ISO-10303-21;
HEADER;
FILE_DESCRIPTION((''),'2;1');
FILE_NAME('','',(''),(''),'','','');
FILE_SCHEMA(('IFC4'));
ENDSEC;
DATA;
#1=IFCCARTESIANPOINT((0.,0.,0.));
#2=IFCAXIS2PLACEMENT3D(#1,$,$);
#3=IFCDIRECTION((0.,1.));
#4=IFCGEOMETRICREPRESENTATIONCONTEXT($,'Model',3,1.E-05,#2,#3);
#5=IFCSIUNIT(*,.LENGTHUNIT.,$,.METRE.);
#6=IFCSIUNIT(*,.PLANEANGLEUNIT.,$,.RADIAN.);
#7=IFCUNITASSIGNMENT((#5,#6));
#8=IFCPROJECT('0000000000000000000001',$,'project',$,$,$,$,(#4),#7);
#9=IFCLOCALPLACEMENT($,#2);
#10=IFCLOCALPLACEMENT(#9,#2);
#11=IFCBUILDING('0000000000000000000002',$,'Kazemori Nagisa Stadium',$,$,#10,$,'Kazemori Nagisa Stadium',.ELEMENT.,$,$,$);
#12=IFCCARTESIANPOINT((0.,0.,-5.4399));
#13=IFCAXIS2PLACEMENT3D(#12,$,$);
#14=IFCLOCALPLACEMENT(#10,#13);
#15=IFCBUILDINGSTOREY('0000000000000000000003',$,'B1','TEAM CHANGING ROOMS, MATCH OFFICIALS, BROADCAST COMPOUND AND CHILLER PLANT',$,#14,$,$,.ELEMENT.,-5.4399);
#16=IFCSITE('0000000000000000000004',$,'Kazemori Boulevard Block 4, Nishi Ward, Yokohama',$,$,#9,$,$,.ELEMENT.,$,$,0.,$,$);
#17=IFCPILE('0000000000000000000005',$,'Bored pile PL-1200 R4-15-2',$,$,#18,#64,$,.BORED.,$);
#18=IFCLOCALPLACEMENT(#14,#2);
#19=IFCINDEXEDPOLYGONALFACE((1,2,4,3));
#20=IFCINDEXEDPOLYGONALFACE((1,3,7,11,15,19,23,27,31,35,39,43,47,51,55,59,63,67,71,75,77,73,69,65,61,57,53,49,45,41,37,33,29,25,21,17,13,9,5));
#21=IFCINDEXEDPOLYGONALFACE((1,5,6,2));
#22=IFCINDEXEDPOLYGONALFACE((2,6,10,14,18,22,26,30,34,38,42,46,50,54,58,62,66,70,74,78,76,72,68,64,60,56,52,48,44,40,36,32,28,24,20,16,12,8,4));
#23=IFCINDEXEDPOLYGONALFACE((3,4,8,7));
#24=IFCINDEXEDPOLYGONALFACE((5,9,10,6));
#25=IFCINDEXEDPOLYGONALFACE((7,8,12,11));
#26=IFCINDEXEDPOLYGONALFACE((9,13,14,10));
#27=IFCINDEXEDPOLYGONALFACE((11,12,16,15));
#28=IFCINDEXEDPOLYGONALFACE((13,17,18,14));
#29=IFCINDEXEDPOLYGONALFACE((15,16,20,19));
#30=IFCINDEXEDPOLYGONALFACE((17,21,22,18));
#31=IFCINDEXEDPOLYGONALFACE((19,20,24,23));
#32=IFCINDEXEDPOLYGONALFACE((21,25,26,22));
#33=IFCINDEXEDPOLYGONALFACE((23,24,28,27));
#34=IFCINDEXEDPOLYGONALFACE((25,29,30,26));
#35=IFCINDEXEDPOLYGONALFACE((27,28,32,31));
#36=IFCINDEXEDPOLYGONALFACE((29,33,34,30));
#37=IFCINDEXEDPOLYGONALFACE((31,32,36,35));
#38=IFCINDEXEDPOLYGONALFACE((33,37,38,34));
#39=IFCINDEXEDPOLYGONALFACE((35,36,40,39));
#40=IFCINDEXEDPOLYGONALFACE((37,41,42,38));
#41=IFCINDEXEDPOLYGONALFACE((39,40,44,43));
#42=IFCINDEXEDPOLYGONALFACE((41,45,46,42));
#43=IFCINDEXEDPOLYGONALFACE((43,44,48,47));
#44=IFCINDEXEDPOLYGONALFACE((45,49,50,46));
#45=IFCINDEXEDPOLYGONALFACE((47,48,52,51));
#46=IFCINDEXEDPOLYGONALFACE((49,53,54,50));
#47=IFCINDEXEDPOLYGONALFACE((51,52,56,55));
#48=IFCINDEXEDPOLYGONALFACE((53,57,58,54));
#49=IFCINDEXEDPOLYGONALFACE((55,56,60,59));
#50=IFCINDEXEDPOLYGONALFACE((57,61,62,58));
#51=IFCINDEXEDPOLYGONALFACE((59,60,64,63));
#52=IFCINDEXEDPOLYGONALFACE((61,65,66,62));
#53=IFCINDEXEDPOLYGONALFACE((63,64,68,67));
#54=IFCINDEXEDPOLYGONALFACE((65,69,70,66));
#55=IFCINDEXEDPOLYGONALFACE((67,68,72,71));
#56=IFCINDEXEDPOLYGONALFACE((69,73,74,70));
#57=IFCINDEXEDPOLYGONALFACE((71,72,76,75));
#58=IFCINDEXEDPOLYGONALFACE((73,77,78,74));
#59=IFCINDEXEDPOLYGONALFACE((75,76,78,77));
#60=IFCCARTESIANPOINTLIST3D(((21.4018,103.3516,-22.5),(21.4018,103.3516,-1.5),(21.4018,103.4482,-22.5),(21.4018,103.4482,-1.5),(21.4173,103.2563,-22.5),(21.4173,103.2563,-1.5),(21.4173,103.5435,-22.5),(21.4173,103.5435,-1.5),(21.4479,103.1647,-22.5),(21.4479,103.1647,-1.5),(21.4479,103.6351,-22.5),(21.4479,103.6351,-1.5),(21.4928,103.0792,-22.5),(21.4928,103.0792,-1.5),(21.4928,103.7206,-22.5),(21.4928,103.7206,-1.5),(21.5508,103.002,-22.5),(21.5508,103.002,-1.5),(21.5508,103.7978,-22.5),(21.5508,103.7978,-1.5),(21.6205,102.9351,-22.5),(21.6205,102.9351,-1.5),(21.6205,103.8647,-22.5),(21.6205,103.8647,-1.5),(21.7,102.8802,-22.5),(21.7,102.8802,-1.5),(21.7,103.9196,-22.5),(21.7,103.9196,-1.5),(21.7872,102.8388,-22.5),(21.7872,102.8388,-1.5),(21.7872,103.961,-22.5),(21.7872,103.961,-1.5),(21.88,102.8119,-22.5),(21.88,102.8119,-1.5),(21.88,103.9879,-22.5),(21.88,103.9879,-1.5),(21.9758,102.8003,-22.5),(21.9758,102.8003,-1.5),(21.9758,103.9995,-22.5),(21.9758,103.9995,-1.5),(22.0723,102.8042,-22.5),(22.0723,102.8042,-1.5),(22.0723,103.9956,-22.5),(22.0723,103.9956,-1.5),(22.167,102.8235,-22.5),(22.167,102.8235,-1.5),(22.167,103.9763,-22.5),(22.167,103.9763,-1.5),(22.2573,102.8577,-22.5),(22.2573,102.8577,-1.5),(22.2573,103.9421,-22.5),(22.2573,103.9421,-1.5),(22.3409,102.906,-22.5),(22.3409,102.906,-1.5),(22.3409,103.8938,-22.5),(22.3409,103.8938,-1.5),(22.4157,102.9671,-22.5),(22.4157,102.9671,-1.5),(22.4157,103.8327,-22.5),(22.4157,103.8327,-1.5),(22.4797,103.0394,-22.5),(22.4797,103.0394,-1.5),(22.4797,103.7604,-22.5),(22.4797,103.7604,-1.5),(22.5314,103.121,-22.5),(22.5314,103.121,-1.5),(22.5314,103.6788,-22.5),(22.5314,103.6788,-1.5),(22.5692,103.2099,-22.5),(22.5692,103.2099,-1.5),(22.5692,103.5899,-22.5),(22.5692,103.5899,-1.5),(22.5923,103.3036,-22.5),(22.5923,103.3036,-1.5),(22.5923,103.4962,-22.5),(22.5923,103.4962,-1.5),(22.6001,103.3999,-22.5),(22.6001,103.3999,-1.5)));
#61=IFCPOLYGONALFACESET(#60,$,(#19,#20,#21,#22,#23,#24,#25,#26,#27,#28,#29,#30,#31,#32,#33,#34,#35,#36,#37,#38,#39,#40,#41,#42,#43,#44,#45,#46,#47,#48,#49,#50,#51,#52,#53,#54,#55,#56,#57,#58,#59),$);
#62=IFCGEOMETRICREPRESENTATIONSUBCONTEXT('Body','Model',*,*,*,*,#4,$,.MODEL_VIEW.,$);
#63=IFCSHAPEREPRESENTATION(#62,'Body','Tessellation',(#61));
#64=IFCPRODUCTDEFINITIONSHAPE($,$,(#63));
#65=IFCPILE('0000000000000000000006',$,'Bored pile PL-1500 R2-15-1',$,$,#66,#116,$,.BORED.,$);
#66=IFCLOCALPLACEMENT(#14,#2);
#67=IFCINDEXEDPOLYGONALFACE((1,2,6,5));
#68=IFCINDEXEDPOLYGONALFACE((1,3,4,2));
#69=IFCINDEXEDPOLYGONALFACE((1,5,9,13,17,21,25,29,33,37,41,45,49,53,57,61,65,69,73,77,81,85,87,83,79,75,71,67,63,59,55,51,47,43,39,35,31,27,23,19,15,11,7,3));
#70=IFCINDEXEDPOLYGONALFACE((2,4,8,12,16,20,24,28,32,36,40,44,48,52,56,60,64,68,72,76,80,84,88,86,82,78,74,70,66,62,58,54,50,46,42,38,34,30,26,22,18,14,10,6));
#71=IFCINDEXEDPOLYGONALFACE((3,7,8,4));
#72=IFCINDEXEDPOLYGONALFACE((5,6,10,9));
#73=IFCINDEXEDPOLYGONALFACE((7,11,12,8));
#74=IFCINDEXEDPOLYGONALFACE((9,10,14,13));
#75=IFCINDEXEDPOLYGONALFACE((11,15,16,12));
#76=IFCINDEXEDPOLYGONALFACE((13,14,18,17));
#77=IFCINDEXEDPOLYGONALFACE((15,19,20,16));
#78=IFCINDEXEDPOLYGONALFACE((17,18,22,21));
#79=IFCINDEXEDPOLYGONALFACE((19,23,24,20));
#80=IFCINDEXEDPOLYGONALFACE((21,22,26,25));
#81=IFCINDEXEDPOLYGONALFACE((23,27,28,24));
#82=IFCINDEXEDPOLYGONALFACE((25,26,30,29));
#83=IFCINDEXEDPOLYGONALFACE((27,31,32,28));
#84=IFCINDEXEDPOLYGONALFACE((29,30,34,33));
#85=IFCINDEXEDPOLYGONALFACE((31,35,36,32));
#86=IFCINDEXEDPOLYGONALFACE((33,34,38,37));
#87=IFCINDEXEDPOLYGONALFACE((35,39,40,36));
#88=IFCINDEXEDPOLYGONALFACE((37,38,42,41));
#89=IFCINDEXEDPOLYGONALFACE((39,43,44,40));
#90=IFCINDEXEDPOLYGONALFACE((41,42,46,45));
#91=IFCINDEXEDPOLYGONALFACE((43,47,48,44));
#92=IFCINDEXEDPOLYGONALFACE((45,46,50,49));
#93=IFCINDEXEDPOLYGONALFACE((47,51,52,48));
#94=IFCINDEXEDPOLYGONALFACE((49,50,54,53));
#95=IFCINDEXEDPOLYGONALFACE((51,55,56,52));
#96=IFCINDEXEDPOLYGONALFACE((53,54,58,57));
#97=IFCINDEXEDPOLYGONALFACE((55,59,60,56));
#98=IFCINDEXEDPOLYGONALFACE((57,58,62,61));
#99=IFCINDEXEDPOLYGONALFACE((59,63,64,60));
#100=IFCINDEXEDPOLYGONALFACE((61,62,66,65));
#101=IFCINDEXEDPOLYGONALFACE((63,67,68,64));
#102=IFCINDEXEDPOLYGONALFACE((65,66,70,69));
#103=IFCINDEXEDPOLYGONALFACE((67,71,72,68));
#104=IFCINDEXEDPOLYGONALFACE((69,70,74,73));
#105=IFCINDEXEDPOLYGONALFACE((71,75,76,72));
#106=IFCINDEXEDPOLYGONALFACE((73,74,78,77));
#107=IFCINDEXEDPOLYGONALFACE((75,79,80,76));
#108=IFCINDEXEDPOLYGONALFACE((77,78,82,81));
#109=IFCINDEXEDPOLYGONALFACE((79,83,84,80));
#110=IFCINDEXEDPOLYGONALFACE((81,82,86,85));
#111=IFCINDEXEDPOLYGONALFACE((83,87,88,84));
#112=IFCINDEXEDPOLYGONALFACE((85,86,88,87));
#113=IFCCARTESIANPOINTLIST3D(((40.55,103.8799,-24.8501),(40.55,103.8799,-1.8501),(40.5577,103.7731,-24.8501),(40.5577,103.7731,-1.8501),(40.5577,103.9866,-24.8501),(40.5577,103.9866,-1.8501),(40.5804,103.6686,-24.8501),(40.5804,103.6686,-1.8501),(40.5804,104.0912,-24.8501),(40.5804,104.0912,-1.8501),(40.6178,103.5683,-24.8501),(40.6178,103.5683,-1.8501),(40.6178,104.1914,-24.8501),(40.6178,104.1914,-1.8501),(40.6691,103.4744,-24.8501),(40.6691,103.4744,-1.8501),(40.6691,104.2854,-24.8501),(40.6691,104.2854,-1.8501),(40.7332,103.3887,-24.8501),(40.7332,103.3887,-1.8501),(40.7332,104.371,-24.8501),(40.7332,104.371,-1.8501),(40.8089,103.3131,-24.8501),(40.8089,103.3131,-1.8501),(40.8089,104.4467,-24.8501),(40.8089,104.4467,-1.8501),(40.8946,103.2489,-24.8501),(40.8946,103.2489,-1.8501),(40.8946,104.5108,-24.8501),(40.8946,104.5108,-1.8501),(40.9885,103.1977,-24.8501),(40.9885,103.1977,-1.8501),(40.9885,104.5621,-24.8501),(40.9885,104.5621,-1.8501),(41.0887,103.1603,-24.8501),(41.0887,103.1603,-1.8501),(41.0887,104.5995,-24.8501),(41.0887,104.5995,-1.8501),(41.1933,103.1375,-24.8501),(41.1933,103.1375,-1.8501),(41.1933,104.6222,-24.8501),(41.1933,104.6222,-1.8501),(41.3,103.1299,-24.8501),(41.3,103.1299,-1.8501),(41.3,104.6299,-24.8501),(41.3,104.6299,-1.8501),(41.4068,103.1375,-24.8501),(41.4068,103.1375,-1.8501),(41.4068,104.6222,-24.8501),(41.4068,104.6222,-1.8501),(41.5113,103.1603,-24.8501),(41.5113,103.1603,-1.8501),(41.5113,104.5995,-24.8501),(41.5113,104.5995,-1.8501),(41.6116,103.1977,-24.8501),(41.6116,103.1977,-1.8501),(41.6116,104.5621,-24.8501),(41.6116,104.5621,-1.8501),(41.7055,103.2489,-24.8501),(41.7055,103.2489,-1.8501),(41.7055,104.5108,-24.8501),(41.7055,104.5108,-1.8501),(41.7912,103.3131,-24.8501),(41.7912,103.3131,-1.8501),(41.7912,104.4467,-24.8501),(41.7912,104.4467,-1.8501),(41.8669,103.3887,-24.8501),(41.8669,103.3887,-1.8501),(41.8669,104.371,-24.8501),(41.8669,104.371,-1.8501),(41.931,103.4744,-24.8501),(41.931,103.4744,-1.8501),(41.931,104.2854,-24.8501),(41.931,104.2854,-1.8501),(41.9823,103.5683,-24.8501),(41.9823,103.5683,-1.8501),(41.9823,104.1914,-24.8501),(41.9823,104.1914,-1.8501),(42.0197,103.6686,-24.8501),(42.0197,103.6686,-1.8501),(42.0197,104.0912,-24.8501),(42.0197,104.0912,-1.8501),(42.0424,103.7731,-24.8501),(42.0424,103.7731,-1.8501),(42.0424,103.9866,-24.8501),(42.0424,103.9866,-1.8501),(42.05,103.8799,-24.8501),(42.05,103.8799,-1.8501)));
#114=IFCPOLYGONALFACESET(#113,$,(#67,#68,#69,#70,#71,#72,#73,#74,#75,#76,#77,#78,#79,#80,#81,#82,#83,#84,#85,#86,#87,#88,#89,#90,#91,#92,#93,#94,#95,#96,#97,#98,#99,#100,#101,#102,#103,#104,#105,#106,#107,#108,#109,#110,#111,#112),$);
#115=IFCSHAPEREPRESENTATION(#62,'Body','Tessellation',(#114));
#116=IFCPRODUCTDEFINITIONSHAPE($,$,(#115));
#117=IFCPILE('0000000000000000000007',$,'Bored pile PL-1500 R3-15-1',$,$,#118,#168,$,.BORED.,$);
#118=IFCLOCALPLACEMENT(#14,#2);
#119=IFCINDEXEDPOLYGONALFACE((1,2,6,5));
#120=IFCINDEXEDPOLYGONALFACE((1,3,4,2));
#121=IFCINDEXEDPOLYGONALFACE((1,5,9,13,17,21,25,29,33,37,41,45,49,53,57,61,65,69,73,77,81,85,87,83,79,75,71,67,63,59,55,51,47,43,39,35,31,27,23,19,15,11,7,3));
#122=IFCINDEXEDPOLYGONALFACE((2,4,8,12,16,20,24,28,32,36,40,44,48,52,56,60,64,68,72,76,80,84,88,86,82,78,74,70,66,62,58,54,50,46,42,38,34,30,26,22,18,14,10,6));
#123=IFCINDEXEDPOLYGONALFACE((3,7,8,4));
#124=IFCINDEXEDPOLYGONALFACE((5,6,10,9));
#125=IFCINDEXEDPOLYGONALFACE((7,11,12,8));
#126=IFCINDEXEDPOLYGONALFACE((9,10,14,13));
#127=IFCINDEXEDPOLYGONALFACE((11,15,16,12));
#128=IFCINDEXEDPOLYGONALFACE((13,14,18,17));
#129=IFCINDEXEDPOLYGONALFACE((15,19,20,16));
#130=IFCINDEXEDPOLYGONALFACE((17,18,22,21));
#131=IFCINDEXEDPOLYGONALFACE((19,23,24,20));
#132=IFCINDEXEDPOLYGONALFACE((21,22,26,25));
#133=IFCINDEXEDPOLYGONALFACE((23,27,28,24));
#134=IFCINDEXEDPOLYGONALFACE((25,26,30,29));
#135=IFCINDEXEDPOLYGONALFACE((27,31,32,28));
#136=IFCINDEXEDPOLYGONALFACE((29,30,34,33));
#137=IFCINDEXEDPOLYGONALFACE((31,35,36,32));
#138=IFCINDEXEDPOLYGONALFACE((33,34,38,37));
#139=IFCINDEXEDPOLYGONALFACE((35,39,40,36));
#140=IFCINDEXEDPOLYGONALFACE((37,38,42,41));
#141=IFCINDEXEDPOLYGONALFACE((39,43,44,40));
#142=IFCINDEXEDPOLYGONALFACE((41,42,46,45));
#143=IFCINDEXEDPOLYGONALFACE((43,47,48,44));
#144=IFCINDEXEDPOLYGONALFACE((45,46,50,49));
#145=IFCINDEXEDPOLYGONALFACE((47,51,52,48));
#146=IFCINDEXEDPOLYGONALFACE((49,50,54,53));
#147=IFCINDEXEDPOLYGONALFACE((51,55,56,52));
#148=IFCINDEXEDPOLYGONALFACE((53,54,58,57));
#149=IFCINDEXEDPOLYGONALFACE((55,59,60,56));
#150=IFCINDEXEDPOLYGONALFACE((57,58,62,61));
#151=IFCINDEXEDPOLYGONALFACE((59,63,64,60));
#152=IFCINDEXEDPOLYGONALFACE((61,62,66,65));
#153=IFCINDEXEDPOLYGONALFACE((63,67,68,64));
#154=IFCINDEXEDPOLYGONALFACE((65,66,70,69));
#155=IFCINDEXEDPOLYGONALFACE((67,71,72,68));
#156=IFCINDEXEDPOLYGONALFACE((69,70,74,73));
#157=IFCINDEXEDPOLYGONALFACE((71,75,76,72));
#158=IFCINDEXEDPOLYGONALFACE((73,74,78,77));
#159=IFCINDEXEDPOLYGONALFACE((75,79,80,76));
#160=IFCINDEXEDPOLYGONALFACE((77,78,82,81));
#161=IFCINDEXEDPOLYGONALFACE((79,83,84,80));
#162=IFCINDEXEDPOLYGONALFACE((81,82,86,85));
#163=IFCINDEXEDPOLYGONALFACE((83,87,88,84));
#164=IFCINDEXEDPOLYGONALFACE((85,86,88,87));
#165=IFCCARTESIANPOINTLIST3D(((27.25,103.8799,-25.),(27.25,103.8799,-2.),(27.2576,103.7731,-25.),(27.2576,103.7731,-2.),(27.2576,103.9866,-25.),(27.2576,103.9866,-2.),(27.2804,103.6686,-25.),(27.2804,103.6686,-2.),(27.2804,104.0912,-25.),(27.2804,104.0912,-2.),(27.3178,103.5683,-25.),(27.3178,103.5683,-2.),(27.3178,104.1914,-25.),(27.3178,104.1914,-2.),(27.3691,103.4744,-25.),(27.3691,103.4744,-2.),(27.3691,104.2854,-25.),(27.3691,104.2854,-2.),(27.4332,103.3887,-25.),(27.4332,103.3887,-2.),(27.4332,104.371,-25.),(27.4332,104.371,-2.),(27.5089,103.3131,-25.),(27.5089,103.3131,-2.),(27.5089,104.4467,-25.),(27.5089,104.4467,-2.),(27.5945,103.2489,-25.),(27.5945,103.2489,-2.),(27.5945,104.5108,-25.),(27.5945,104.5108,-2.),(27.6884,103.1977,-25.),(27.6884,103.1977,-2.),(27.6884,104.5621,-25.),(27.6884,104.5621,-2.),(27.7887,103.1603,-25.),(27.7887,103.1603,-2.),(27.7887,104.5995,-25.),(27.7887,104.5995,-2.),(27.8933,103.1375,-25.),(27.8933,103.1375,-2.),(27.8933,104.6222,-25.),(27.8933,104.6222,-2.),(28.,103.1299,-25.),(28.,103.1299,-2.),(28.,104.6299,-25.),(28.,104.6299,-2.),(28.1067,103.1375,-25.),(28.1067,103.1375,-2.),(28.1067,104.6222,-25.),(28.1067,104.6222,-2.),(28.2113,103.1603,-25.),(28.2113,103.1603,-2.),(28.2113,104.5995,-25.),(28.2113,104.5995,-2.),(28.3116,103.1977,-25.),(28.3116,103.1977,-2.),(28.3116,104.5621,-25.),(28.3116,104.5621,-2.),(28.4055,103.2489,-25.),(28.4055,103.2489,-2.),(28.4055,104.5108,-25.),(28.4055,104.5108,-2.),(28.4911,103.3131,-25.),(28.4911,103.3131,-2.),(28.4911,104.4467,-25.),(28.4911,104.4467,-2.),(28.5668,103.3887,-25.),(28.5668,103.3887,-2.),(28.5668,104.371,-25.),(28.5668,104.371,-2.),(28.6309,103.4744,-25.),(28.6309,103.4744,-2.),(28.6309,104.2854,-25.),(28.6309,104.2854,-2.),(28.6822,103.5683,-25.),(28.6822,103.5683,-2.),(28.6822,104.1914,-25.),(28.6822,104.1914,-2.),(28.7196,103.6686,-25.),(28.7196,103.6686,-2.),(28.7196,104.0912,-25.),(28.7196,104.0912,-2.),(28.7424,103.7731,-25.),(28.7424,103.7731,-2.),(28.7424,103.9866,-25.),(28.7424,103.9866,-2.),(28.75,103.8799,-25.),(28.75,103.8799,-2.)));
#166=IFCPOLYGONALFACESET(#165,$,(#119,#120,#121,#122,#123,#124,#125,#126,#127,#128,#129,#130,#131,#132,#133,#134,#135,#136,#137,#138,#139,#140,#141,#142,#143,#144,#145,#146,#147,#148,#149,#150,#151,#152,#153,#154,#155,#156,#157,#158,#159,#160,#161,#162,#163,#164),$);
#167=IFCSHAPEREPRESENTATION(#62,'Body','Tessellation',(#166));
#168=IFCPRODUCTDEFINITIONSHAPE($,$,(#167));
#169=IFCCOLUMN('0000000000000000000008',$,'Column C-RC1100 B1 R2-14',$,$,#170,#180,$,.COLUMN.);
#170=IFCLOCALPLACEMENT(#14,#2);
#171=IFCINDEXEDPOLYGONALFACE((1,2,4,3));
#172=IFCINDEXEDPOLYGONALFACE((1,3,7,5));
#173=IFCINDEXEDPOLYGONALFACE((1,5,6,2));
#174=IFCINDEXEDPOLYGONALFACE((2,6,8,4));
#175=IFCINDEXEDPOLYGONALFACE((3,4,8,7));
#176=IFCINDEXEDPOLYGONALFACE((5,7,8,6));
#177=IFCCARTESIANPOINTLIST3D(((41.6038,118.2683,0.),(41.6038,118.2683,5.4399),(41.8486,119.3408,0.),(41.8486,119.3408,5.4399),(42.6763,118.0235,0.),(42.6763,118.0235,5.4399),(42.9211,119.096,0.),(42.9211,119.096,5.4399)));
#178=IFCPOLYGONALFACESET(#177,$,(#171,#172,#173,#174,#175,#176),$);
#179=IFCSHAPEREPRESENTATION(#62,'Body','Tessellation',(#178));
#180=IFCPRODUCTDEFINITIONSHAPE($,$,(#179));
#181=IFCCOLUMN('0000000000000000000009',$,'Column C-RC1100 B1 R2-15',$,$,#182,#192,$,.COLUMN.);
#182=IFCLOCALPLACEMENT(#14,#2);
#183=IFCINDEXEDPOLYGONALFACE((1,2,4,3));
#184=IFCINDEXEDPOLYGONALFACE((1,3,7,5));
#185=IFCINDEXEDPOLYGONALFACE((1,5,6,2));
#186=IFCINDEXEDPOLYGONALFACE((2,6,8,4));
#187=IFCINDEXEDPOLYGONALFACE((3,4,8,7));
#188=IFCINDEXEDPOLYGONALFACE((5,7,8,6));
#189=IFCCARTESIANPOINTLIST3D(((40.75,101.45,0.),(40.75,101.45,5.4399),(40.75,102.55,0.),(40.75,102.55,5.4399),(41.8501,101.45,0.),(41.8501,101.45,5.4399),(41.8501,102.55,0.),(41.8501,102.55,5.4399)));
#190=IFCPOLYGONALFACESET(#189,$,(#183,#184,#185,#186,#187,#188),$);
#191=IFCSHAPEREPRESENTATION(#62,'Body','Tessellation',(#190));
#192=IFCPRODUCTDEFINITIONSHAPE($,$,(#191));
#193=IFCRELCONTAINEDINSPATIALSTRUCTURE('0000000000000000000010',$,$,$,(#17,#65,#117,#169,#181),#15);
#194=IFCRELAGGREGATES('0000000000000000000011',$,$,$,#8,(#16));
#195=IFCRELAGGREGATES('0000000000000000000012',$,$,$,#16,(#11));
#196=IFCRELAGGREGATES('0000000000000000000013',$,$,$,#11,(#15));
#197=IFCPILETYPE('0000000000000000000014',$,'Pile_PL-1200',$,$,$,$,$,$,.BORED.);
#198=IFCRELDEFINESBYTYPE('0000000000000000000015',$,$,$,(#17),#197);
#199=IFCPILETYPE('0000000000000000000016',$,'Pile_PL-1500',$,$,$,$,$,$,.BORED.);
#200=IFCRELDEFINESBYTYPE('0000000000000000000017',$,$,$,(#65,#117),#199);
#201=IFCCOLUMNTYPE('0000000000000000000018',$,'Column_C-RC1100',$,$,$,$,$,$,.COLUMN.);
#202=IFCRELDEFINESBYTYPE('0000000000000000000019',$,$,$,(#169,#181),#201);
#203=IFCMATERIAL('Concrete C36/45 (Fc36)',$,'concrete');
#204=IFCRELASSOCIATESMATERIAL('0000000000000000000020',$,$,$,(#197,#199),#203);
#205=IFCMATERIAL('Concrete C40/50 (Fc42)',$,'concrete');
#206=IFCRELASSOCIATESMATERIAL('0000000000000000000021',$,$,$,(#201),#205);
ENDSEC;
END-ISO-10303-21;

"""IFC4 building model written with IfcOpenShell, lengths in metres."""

from ifc_helpers import new_model, si_unit, direction, frame, origin, origin_2d, place, context, subcontext, project, spatial, rectangle, circle, extrude, material, material_profile, profile_set, type_object, element, save


model = new_model("IFC4")

# Units and contexts
model_context = context("Model", 3, precision=1e-05, world=origin(), true_north=direction((0.0, 1.0)))
body_context = subcontext(model_context, "Body", "Model", "MODEL_VIEW")
ifc_project = project(units=[si_unit("LENGTHUNIT", "METRE"), si_unit("PLANEANGLEUNIT", "RADIAN")], contexts=[model_context])

# Site, building, storey
site_placement = place(None, origin())
site = spatial("IfcSite", under=ifc_project, at=site_placement, Name="Kazemori Boulevard Block 4, Nishi Ward, Yokohama", CompositionType="ELEMENT", RefElevation=0.0)
building_placement = place(site_placement, origin())
building = spatial("IfcBuilding", under=site, at=building_placement, Name="Kazemori Nagisa Stadium", LongName="Kazemori Nagisa Stadium", CompositionType="ELEMENT")
storey_placement = place(building_placement, frame((0.0, 0.0, -5.4399)))
storey = spatial("IfcBuildingStorey", under=building, at=storey_placement, Name="B1", Description="TEAM CHANGING ROOMS, MATCH OFFICIALS, BROADCAST COMPOUND AND CHILLER PLANT", CompositionType="ELEMENT", Elevation=-5.4399)

# Shared definitions
ifc_material_1 = material(Name="Concrete C40/50 (Fc42)", Category="concrete")

# Piles
ifc_material_2 = material(Name="Concrete C36/45 (Fc36)", Category="concrete")
ifc_material_profile_1 = material_profile(ifc_material_2, circle(Radius=0.6001, at=origin_2d()), Name="PILE-D1200")
ifc_profile_set_1 = profile_set([ifc_material_profile_1], Name="Concrete C36/45 (Fc36)")
pile_type_1 = type_object("IfcPileType", Name="Pile_PL-1200", PredefinedType="BORED", material=ifc_profile_set_1)
for number, where, z_axis, x_axis, name in (
    (1, (22.0, 103.3999, -1.5), (0.0, 0.0, -1.0), (1.0, 0.0, 0.0), "Bored pile PL-1200 R4-15-2"),
):
    element("IfcPile", number, at=place(storey_placement, frame(where, z_axis=z_axis, x_axis=x_axis)), inside=storey, type_object=pile_type_1, Name=name, PredefinedType="BORED", context=body_context, shape_type="SweptSolid", body=[
        extrude(circle(Radius=0.6001, at=origin_2d()), origin(), (0.0, 0.0, 1.0), 21.0),
    ])
ifc_material_profile_2 = material_profile(ifc_material_2, circle(Radius=0.75, at=origin_2d()), Name="PILE-D1500")
ifc_profile_set_2 = profile_set([ifc_material_profile_2], Name="Concrete C36/45 (Fc36)")
pile_type_2 = type_object("IfcPileType", Name="Pile_PL-1500", PredefinedType="BORED", material=ifc_profile_set_2)
for number, where, z_axis, x_axis, name in (
    (2, (41.3, 103.8799, -1.8501), (0.0, 0.0, -1.0), (1.0, 0.0, 0.0), "Bored pile PL-1500 R2-15-1"),
    (3, (28.0, 103.8799, -2.0), (0.0, 0.0, -1.0), (1.0, 0.0, 0.0), "Bored pile PL-1500 R3-15-1"),
):
    element("IfcPile", number, at=place(storey_placement, frame(where, z_axis=z_axis, x_axis=x_axis)), inside=storey, type_object=pile_type_2, Name=name, PredefinedType="BORED", context=body_context, shape_type="SweptSolid", body=[
        extrude(circle(Radius=0.75, at=origin_2d()), origin(), (0.0, 0.0, 1.0), 23.0),
    ])

# Columns
ifc_material_profile_3 = material_profile(ifc_material_1, rectangle(XDim=1.1001, YDim=1.1001, at=origin_2d()), Name="RC-COL-1100x1100")
ifc_profile_set_3 = profile_set([ifc_material_profile_3], Name="Concrete C40/50 (Fc42)")
column_type = type_object("IfcColumnType", Name="Column_C-RC1100", PredefinedType="COLUMN", material=ifc_profile_set_3)
for number, where, z_axis, x_axis, name in (
    (4, (42.2625, 118.6821, 0.0), (0.0, 0.0, 1.0), (-0.974928, 0.222521, 0.0), "Column C-RC1100 B1 R2-14"),
    (5, (41.3, 102.0, 0.0), (0.0, 0.0, 1.0), (-1.0, 0.0, 0.0), "Column C-RC1100 B1 R2-15"),
):
    element("IfcColumn", number, at=place(storey_placement, frame(where, z_axis=z_axis, x_axis=x_axis)), inside=storey, type_object=column_type, Name=name, PredefinedType="COLUMN", context=body_context, shape_type="SweptSolid", body=[
        extrude(rectangle(XDim=1.1001, YDim=1.1001, at=origin_2d()), origin(), (0.0, 0.0, 1.0), 5.4399),
    ])

save(model, "model.ifc")
